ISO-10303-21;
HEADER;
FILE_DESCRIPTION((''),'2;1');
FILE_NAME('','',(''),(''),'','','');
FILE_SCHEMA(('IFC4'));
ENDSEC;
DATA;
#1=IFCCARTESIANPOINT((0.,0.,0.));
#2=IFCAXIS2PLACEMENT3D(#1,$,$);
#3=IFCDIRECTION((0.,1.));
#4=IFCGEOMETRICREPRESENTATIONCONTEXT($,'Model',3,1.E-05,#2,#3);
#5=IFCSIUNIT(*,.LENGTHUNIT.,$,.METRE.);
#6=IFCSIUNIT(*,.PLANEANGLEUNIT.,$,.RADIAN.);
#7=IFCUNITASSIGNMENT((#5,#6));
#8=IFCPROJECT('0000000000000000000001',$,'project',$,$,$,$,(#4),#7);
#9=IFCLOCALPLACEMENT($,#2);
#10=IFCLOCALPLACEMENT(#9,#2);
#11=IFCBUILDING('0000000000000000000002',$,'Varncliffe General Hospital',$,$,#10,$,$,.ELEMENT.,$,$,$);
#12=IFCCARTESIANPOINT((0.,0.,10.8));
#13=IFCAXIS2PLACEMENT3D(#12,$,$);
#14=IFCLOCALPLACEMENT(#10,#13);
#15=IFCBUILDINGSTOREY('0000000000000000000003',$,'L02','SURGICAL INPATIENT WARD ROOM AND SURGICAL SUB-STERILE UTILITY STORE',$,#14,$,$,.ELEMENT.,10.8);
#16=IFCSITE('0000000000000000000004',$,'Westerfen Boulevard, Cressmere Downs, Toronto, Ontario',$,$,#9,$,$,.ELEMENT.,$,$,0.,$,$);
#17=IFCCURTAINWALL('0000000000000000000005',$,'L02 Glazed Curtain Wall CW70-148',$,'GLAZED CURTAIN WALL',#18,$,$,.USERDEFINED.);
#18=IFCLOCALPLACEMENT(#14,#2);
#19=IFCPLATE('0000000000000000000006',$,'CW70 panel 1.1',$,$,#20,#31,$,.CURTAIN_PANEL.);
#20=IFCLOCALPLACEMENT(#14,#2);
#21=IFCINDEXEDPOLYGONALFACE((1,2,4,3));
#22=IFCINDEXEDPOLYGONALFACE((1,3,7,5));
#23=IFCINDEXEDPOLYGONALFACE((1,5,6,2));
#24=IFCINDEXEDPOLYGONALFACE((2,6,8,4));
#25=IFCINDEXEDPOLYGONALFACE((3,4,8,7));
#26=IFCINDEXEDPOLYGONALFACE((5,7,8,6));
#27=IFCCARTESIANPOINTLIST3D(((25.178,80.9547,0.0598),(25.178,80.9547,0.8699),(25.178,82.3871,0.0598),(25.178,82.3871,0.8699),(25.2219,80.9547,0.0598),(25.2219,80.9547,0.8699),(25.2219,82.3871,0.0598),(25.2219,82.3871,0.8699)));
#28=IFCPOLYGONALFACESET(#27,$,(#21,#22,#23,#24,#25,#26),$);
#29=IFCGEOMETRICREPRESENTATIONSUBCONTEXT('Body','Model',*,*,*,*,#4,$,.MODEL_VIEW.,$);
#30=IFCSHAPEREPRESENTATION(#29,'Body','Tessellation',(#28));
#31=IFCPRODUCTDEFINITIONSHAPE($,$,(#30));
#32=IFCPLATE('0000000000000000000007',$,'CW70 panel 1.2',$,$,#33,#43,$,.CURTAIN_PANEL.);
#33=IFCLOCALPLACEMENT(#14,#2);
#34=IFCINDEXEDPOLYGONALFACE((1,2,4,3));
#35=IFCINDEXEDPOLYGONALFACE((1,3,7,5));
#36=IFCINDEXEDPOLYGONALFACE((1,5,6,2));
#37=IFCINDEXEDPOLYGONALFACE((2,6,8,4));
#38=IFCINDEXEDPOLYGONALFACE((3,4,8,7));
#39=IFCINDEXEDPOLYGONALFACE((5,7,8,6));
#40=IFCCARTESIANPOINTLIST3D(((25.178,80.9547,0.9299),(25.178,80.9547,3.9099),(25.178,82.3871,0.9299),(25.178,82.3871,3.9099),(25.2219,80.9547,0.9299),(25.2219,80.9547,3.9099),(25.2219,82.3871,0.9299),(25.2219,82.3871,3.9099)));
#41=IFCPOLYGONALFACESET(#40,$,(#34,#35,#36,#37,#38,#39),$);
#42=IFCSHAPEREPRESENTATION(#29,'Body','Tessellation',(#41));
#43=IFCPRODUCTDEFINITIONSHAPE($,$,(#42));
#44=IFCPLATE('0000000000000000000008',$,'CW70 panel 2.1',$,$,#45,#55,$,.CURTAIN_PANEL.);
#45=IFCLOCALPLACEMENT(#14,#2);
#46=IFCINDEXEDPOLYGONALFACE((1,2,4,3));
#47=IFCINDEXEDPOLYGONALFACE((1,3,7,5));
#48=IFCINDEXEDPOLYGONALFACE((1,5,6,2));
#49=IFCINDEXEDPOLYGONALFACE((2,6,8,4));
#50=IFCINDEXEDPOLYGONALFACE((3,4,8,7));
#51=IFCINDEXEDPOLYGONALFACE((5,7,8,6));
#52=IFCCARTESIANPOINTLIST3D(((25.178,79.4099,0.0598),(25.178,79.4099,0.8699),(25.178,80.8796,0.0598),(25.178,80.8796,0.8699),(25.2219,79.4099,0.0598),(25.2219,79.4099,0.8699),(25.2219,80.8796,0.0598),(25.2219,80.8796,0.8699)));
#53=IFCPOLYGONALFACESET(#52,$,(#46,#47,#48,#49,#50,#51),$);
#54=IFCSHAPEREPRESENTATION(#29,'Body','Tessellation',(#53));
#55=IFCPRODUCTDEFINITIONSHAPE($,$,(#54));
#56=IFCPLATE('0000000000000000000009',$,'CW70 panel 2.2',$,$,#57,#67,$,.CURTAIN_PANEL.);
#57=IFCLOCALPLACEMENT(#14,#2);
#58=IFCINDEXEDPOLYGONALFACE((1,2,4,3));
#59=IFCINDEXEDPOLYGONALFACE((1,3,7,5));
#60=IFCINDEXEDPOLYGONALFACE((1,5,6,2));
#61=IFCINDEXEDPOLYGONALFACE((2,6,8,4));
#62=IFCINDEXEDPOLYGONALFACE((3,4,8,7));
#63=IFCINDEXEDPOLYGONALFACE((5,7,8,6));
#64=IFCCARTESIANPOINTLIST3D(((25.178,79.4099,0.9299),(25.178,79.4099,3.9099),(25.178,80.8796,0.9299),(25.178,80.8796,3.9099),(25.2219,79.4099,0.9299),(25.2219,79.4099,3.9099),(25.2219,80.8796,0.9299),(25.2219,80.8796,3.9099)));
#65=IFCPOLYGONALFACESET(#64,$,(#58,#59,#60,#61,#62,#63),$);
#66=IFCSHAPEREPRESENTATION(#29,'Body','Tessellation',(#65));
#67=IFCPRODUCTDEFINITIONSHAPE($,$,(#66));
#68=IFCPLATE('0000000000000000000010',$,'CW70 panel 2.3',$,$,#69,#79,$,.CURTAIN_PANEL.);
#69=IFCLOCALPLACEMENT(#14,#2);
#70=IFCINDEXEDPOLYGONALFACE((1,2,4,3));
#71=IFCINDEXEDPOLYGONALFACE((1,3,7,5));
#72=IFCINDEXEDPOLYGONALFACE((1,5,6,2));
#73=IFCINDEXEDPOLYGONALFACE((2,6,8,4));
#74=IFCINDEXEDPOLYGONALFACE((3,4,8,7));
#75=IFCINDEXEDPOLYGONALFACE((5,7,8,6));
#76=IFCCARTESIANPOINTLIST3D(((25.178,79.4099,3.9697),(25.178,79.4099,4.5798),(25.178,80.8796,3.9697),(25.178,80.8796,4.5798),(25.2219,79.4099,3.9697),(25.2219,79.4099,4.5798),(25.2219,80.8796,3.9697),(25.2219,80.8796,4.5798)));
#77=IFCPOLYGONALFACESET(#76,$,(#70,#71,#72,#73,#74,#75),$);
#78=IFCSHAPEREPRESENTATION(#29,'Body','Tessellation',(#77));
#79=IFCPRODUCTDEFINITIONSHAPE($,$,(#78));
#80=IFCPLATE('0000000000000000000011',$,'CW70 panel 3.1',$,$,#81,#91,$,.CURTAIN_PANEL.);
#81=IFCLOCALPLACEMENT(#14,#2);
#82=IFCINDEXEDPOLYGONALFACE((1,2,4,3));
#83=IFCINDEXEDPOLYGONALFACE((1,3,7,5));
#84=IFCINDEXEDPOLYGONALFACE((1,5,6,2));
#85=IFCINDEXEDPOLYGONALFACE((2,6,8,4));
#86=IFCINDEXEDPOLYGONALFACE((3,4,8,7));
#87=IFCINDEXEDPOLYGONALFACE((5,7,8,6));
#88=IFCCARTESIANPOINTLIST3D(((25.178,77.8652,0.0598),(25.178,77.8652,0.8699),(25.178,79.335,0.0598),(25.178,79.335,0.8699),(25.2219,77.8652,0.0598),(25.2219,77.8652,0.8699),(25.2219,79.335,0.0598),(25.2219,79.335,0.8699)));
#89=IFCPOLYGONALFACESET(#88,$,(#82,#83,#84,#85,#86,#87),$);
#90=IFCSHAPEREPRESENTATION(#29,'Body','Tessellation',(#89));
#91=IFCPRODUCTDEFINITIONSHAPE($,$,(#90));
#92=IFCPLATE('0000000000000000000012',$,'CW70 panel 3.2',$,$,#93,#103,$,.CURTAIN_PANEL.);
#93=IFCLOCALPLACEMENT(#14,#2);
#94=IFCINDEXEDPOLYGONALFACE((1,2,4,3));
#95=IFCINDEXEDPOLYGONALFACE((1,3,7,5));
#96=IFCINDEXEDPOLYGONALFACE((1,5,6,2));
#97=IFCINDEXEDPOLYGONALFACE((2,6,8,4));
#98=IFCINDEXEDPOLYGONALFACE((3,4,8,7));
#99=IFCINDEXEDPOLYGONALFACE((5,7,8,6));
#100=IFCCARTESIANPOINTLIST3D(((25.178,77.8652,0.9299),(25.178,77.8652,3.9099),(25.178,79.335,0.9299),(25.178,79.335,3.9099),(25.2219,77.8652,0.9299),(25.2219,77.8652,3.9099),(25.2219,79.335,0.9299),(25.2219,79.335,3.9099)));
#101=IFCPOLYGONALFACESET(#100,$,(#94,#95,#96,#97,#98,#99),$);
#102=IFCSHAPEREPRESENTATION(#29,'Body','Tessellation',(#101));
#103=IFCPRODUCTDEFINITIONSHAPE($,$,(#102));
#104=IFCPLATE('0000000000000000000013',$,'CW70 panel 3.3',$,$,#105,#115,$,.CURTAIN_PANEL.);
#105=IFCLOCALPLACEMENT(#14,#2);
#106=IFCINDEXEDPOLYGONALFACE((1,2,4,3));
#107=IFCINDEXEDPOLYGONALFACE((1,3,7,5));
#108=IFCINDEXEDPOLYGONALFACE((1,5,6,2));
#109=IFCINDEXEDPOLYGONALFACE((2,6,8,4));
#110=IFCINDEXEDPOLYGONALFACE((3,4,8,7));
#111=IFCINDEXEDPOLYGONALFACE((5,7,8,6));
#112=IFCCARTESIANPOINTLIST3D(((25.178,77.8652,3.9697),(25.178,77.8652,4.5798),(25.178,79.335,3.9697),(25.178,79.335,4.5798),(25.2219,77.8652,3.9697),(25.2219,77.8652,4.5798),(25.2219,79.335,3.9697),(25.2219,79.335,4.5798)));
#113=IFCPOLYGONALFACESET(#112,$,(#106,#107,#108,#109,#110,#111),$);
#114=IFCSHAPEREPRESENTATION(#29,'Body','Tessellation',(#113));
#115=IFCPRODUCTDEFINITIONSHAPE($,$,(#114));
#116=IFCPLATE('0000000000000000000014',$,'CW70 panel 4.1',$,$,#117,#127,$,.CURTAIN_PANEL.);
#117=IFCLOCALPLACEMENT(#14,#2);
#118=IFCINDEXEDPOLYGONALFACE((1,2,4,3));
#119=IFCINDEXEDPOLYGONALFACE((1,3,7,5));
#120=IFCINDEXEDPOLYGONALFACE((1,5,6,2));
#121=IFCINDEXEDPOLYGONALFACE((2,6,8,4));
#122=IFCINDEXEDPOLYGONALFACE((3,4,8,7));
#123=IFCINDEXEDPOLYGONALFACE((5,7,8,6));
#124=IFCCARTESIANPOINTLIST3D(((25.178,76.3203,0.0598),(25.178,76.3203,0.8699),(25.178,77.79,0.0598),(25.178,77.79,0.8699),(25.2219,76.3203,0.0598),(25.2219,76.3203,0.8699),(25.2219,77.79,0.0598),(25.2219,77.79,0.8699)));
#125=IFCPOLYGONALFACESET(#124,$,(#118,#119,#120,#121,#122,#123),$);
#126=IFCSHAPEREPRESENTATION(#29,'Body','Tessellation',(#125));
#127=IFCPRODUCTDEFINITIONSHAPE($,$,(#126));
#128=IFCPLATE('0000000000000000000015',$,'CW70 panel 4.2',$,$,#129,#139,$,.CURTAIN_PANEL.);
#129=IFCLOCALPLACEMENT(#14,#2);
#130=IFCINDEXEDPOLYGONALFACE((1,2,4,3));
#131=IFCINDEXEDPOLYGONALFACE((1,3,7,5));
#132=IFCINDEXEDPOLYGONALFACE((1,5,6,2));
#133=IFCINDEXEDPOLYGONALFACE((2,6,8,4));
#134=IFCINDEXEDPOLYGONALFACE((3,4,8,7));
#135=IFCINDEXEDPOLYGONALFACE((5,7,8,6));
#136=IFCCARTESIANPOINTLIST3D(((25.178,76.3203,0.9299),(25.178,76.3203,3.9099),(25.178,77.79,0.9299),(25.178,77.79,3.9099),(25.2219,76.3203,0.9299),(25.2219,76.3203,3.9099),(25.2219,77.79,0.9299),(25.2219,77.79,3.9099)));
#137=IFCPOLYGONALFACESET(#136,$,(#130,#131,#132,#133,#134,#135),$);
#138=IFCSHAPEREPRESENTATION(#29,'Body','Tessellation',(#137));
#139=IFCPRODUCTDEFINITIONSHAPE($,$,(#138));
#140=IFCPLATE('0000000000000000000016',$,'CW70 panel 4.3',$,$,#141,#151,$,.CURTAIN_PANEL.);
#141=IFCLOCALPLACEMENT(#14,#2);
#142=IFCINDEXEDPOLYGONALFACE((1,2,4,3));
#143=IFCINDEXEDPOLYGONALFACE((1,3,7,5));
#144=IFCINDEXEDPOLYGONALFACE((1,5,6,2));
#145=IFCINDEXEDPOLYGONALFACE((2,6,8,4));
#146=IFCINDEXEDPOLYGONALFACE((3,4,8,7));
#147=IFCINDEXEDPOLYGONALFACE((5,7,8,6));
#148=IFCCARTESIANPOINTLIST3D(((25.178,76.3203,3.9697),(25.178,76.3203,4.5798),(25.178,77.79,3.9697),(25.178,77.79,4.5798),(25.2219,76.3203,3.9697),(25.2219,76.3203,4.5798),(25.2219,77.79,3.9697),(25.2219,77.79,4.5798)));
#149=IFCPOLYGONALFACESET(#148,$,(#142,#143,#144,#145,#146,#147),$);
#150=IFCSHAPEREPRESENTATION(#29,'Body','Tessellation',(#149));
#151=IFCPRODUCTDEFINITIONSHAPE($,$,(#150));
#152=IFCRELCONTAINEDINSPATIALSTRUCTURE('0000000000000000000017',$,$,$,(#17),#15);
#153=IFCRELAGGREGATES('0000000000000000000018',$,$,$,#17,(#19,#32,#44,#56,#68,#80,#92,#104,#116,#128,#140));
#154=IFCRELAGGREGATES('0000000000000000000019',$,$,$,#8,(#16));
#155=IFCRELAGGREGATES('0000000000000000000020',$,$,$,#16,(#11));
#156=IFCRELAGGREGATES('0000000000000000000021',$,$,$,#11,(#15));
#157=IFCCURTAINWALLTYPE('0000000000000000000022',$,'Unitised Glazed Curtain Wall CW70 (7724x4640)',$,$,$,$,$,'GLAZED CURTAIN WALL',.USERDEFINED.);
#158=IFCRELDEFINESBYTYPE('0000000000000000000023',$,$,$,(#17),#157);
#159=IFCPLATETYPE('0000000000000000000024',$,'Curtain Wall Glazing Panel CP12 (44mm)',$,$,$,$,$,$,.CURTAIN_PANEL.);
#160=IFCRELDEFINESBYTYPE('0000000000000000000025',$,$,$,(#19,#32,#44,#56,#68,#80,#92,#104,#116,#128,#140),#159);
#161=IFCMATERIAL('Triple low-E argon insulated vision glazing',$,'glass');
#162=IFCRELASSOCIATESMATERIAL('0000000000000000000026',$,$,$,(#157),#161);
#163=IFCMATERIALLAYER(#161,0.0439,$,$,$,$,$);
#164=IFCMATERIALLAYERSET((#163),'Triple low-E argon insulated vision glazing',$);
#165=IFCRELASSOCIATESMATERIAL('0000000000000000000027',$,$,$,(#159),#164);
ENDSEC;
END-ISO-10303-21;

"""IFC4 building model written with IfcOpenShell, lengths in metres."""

from ifc_helpers import new_model, si_unit, direction, frame, origin, origin_2d, place, context, subcontext, project, spatial, rectangle, extrude, material, layer, layer_set, type_object, element, aggregate, save


model = new_model("IFC4")

# Units and contexts
model_context = context("Model", 3, precision=1e-05, world=origin(), true_north=direction((0.0, 1.0)))
body_context = subcontext(model_context, "Body", "Model", "MODEL_VIEW")
ifc_project = project(units=[si_unit("LENGTHUNIT", "METRE"), si_unit("PLANEANGLEUNIT", "RADIAN")], contexts=[model_context])

# Site, building, storey
site_placement = place(None, origin())
site = spatial("IfcSite", under=ifc_project, at=site_placement, Name="Westerfen Boulevard, Cressmere Downs, Toronto, Ontario", CompositionType="ELEMENT", RefElevation=0.0)
building_placement = place(site_placement, origin())
building = spatial("IfcBuilding", under=site, at=building_placement, Name="Varncliffe General Hospital", CompositionType="ELEMENT")
storey_placement = place(building_placement, frame((0.0, 0.0, 10.8)))
storey = spatial("IfcBuildingStorey", under=building, at=storey_placement, Name="L02", Description="SURGICAL INPATIENT WARD ROOM AND SURGICAL SUB-STERILE UTILITY STORE", CompositionType="ELEMENT", Elevation=10.8)

# Curtain wall, plates
ifc_material_1 = material(Name="Triple low-E argon insulated vision glazing", Category="glass")
curtain_wall_type = type_object("IfcCurtainWallType", Name="Unitised Glazed Curtain Wall CW70 (7724x4640)", ElementType="GLAZED CURTAIN WALL", PredefinedType="USERDEFINED", material=ifc_material_1)
curtain_wall_placement = place(storey_placement, origin())
curtain_wall = element("IfcCurtainWall", 1, at=curtain_wall_placement, inside=storey, type_object=curtain_wall_type, Name="L02 Glazed Curtain Wall CW70-148", ObjectType="GLAZED CURTAIN WALL", PredefinedType="USERDEFINED")
ifc_layer = layer(ifc_material_1, 0.0439)
ifc_layer_set = layer_set([ifc_layer], Name="Triple low-E argon insulated vision glazing")
plate_type = type_object("IfcPlateType", Name="Curtain Wall Glazing Panel CP12 (44mm)", PredefinedType="CURTAIN_PANEL", material=ifc_layer_set)
plate_1_placement = place(storey_placement, frame((25.2, 81.6709, 0.0598), z_axis=(0.0, 0.0, 1.0), x_axis=(0.0, -1.0, 0.0)))
plate_1 = element("IfcPlate", 2, at=plate_1_placement, type_object=plate_type, Name="CW70 panel 1.1", PredefinedType="CURTAIN_PANEL", context=body_context, shape_type="SweptSolid", body=[
    extrude(rectangle(XDim=1.4324, YDim=0.0439, at=origin_2d()), origin(), (0.0, 0.0, 1.0), 0.8101),
])
plate_2_placement = place(storey_placement, frame((25.2, 81.6709, 0.9299), z_axis=(0.0, 0.0, 1.0), x_axis=(0.0, -1.0, 0.0)))
plate_2 = element("IfcPlate", 3, at=plate_2_placement, type_object=plate_type, Name="CW70 panel 1.2", PredefinedType="CURTAIN_PANEL", context=body_context, shape_type="SweptSolid", body=[
    extrude(rectangle(XDim=1.4324, YDim=0.0439, at=origin_2d()), origin(), (0.0, 0.0, 1.0), 2.98),
])
plate_3_placement = place(storey_placement, frame((25.2, 80.1448, 0.0598), z_axis=(0.0, 0.0, 1.0), x_axis=(0.0, -1.0, 0.0)))
plate_3 = element("IfcPlate", 4, at=plate_3_placement, type_object=plate_type, Name="CW70 panel 2.1", PredefinedType="CURTAIN_PANEL", context=body_context, shape_type="SweptSolid", body=[
    extrude(rectangle(XDim=1.4697, YDim=0.0439, at=origin_2d()), origin(), (0.0, 0.0, 1.0), 0.8101),
])
plate_4_placement = place(storey_placement, frame((25.2, 80.1448, 0.9299), z_axis=(0.0, 0.0, 1.0), x_axis=(0.0, -1.0, 0.0)))
plate_4 = element("IfcPlate", 5, at=plate_4_placement, type_object=plate_type, Name="CW70 panel 2.2", PredefinedType="CURTAIN_PANEL", context=body_context, shape_type="SweptSolid", body=[
    extrude(rectangle(XDim=1.4697, YDim=0.0439, at=origin_2d()), origin(), (0.0, 0.0, 1.0), 2.98),
])
plate_5_placement = place(storey_placement, frame((25.2, 80.1448, 3.9697), z_axis=(0.0, 0.0, 1.0), x_axis=(0.0, -1.0, 0.0)))
plate_5 = element("IfcPlate", 6, at=plate_5_placement, type_object=plate_type, Name="CW70 panel 2.3", PredefinedType="CURTAIN_PANEL", context=body_context, shape_type="SweptSolid", body=[
    extrude(rectangle(XDim=1.4697, YDim=0.0439, at=origin_2d()), origin(), (0.0, 0.0, 1.0), 0.6101),
])
plate_6_placement = place(storey_placement, frame((25.2, 78.6001, 0.0598), z_axis=(0.0, 0.0, 1.0), x_axis=(0.0, -1.0, 0.0)))
plate_6 = element("IfcPlate", 7, at=plate_6_placement, type_object=plate_type, Name="CW70 panel 3.1", PredefinedType="CURTAIN_PANEL", context=body_context, shape_type="SweptSolid", body=[
    extrude(rectangle(XDim=1.4697, YDim=0.0439, at=origin_2d()), origin(), (0.0, 0.0, 1.0), 0.8101),
])
plate_7_placement = place(storey_placement, frame((25.2, 78.6001, 0.9299), z_axis=(0.0, 0.0, 1.0), x_axis=(0.0, -1.0, 0.0)))
plate_7 = element("IfcPlate", 8, at=plate_7_placement, type_object=plate_type, Name="CW70 panel 3.2", PredefinedType="CURTAIN_PANEL", context=body_context, shape_type="SweptSolid", body=[
    extrude(rectangle(XDim=1.4697, YDim=0.0439, at=origin_2d()), origin(), (0.0, 0.0, 1.0), 2.98),
])
plate_8_placement = place(storey_placement, frame((25.2, 78.6001, 3.9697), z_axis=(0.0, 0.0, 1.0), x_axis=(0.0, -1.0, 0.0)))
plate_8 = element("IfcPlate", 9, at=plate_8_placement, type_object=plate_type, Name="CW70 panel 3.3", PredefinedType="CURTAIN_PANEL", context=body_context, shape_type="SweptSolid", body=[
    extrude(rectangle(XDim=1.4697, YDim=0.0439, at=origin_2d()), origin(), (0.0, 0.0, 1.0), 0.6101),
])
plate_9_placement = place(storey_placement, frame((25.2, 77.0552, 0.0598), z_axis=(0.0, 0.0, 1.0), x_axis=(0.0, -1.0, 0.0)))
plate_9 = element("IfcPlate", 10, at=plate_9_placement, type_object=plate_type, Name="CW70 panel 4.1", PredefinedType="CURTAIN_PANEL", context=body_context, shape_type="SweptSolid", body=[
    extrude(rectangle(XDim=1.4697, YDim=0.0439, at=origin_2d()), origin(), (0.0, 0.0, 1.0), 0.8101),
])
plate_10_placement = place(storey_placement, frame((25.2, 77.0552, 0.9299), z_axis=(0.0, 0.0, 1.0), x_axis=(0.0, -1.0, 0.0)))
plate_10 = element("IfcPlate", 11, at=plate_10_placement, type_object=plate_type, Name="CW70 panel 4.2", PredefinedType="CURTAIN_PANEL", context=body_context, shape_type="SweptSolid", body=[
    extrude(rectangle(XDim=1.4697, YDim=0.0439, at=origin_2d()), origin(), (0.0, 0.0, 1.0), 2.98),
])
plate_11_placement = place(storey_placement, frame((25.2, 77.0552, 3.9697), z_axis=(0.0, 0.0, 1.0), x_axis=(0.0, -1.0, 0.0)))
plate_11 = element("IfcPlate", 12, at=plate_11_placement, type_object=plate_type, Name="CW70 panel 4.3", PredefinedType="CURTAIN_PANEL", context=body_context, shape_type="SweptSolid", body=[
    extrude(rectangle(XDim=1.4697, YDim=0.0439, at=origin_2d()), origin(), (0.0, 0.0, 1.0), 0.6101),
])
aggregate(curtain_wall, [plate_1, plate_2, plate_3, plate_4, plate_5, plate_6, plate_7, plate_8, plate_9, plate_10, plate_11])

save(model, "model.ifc")
